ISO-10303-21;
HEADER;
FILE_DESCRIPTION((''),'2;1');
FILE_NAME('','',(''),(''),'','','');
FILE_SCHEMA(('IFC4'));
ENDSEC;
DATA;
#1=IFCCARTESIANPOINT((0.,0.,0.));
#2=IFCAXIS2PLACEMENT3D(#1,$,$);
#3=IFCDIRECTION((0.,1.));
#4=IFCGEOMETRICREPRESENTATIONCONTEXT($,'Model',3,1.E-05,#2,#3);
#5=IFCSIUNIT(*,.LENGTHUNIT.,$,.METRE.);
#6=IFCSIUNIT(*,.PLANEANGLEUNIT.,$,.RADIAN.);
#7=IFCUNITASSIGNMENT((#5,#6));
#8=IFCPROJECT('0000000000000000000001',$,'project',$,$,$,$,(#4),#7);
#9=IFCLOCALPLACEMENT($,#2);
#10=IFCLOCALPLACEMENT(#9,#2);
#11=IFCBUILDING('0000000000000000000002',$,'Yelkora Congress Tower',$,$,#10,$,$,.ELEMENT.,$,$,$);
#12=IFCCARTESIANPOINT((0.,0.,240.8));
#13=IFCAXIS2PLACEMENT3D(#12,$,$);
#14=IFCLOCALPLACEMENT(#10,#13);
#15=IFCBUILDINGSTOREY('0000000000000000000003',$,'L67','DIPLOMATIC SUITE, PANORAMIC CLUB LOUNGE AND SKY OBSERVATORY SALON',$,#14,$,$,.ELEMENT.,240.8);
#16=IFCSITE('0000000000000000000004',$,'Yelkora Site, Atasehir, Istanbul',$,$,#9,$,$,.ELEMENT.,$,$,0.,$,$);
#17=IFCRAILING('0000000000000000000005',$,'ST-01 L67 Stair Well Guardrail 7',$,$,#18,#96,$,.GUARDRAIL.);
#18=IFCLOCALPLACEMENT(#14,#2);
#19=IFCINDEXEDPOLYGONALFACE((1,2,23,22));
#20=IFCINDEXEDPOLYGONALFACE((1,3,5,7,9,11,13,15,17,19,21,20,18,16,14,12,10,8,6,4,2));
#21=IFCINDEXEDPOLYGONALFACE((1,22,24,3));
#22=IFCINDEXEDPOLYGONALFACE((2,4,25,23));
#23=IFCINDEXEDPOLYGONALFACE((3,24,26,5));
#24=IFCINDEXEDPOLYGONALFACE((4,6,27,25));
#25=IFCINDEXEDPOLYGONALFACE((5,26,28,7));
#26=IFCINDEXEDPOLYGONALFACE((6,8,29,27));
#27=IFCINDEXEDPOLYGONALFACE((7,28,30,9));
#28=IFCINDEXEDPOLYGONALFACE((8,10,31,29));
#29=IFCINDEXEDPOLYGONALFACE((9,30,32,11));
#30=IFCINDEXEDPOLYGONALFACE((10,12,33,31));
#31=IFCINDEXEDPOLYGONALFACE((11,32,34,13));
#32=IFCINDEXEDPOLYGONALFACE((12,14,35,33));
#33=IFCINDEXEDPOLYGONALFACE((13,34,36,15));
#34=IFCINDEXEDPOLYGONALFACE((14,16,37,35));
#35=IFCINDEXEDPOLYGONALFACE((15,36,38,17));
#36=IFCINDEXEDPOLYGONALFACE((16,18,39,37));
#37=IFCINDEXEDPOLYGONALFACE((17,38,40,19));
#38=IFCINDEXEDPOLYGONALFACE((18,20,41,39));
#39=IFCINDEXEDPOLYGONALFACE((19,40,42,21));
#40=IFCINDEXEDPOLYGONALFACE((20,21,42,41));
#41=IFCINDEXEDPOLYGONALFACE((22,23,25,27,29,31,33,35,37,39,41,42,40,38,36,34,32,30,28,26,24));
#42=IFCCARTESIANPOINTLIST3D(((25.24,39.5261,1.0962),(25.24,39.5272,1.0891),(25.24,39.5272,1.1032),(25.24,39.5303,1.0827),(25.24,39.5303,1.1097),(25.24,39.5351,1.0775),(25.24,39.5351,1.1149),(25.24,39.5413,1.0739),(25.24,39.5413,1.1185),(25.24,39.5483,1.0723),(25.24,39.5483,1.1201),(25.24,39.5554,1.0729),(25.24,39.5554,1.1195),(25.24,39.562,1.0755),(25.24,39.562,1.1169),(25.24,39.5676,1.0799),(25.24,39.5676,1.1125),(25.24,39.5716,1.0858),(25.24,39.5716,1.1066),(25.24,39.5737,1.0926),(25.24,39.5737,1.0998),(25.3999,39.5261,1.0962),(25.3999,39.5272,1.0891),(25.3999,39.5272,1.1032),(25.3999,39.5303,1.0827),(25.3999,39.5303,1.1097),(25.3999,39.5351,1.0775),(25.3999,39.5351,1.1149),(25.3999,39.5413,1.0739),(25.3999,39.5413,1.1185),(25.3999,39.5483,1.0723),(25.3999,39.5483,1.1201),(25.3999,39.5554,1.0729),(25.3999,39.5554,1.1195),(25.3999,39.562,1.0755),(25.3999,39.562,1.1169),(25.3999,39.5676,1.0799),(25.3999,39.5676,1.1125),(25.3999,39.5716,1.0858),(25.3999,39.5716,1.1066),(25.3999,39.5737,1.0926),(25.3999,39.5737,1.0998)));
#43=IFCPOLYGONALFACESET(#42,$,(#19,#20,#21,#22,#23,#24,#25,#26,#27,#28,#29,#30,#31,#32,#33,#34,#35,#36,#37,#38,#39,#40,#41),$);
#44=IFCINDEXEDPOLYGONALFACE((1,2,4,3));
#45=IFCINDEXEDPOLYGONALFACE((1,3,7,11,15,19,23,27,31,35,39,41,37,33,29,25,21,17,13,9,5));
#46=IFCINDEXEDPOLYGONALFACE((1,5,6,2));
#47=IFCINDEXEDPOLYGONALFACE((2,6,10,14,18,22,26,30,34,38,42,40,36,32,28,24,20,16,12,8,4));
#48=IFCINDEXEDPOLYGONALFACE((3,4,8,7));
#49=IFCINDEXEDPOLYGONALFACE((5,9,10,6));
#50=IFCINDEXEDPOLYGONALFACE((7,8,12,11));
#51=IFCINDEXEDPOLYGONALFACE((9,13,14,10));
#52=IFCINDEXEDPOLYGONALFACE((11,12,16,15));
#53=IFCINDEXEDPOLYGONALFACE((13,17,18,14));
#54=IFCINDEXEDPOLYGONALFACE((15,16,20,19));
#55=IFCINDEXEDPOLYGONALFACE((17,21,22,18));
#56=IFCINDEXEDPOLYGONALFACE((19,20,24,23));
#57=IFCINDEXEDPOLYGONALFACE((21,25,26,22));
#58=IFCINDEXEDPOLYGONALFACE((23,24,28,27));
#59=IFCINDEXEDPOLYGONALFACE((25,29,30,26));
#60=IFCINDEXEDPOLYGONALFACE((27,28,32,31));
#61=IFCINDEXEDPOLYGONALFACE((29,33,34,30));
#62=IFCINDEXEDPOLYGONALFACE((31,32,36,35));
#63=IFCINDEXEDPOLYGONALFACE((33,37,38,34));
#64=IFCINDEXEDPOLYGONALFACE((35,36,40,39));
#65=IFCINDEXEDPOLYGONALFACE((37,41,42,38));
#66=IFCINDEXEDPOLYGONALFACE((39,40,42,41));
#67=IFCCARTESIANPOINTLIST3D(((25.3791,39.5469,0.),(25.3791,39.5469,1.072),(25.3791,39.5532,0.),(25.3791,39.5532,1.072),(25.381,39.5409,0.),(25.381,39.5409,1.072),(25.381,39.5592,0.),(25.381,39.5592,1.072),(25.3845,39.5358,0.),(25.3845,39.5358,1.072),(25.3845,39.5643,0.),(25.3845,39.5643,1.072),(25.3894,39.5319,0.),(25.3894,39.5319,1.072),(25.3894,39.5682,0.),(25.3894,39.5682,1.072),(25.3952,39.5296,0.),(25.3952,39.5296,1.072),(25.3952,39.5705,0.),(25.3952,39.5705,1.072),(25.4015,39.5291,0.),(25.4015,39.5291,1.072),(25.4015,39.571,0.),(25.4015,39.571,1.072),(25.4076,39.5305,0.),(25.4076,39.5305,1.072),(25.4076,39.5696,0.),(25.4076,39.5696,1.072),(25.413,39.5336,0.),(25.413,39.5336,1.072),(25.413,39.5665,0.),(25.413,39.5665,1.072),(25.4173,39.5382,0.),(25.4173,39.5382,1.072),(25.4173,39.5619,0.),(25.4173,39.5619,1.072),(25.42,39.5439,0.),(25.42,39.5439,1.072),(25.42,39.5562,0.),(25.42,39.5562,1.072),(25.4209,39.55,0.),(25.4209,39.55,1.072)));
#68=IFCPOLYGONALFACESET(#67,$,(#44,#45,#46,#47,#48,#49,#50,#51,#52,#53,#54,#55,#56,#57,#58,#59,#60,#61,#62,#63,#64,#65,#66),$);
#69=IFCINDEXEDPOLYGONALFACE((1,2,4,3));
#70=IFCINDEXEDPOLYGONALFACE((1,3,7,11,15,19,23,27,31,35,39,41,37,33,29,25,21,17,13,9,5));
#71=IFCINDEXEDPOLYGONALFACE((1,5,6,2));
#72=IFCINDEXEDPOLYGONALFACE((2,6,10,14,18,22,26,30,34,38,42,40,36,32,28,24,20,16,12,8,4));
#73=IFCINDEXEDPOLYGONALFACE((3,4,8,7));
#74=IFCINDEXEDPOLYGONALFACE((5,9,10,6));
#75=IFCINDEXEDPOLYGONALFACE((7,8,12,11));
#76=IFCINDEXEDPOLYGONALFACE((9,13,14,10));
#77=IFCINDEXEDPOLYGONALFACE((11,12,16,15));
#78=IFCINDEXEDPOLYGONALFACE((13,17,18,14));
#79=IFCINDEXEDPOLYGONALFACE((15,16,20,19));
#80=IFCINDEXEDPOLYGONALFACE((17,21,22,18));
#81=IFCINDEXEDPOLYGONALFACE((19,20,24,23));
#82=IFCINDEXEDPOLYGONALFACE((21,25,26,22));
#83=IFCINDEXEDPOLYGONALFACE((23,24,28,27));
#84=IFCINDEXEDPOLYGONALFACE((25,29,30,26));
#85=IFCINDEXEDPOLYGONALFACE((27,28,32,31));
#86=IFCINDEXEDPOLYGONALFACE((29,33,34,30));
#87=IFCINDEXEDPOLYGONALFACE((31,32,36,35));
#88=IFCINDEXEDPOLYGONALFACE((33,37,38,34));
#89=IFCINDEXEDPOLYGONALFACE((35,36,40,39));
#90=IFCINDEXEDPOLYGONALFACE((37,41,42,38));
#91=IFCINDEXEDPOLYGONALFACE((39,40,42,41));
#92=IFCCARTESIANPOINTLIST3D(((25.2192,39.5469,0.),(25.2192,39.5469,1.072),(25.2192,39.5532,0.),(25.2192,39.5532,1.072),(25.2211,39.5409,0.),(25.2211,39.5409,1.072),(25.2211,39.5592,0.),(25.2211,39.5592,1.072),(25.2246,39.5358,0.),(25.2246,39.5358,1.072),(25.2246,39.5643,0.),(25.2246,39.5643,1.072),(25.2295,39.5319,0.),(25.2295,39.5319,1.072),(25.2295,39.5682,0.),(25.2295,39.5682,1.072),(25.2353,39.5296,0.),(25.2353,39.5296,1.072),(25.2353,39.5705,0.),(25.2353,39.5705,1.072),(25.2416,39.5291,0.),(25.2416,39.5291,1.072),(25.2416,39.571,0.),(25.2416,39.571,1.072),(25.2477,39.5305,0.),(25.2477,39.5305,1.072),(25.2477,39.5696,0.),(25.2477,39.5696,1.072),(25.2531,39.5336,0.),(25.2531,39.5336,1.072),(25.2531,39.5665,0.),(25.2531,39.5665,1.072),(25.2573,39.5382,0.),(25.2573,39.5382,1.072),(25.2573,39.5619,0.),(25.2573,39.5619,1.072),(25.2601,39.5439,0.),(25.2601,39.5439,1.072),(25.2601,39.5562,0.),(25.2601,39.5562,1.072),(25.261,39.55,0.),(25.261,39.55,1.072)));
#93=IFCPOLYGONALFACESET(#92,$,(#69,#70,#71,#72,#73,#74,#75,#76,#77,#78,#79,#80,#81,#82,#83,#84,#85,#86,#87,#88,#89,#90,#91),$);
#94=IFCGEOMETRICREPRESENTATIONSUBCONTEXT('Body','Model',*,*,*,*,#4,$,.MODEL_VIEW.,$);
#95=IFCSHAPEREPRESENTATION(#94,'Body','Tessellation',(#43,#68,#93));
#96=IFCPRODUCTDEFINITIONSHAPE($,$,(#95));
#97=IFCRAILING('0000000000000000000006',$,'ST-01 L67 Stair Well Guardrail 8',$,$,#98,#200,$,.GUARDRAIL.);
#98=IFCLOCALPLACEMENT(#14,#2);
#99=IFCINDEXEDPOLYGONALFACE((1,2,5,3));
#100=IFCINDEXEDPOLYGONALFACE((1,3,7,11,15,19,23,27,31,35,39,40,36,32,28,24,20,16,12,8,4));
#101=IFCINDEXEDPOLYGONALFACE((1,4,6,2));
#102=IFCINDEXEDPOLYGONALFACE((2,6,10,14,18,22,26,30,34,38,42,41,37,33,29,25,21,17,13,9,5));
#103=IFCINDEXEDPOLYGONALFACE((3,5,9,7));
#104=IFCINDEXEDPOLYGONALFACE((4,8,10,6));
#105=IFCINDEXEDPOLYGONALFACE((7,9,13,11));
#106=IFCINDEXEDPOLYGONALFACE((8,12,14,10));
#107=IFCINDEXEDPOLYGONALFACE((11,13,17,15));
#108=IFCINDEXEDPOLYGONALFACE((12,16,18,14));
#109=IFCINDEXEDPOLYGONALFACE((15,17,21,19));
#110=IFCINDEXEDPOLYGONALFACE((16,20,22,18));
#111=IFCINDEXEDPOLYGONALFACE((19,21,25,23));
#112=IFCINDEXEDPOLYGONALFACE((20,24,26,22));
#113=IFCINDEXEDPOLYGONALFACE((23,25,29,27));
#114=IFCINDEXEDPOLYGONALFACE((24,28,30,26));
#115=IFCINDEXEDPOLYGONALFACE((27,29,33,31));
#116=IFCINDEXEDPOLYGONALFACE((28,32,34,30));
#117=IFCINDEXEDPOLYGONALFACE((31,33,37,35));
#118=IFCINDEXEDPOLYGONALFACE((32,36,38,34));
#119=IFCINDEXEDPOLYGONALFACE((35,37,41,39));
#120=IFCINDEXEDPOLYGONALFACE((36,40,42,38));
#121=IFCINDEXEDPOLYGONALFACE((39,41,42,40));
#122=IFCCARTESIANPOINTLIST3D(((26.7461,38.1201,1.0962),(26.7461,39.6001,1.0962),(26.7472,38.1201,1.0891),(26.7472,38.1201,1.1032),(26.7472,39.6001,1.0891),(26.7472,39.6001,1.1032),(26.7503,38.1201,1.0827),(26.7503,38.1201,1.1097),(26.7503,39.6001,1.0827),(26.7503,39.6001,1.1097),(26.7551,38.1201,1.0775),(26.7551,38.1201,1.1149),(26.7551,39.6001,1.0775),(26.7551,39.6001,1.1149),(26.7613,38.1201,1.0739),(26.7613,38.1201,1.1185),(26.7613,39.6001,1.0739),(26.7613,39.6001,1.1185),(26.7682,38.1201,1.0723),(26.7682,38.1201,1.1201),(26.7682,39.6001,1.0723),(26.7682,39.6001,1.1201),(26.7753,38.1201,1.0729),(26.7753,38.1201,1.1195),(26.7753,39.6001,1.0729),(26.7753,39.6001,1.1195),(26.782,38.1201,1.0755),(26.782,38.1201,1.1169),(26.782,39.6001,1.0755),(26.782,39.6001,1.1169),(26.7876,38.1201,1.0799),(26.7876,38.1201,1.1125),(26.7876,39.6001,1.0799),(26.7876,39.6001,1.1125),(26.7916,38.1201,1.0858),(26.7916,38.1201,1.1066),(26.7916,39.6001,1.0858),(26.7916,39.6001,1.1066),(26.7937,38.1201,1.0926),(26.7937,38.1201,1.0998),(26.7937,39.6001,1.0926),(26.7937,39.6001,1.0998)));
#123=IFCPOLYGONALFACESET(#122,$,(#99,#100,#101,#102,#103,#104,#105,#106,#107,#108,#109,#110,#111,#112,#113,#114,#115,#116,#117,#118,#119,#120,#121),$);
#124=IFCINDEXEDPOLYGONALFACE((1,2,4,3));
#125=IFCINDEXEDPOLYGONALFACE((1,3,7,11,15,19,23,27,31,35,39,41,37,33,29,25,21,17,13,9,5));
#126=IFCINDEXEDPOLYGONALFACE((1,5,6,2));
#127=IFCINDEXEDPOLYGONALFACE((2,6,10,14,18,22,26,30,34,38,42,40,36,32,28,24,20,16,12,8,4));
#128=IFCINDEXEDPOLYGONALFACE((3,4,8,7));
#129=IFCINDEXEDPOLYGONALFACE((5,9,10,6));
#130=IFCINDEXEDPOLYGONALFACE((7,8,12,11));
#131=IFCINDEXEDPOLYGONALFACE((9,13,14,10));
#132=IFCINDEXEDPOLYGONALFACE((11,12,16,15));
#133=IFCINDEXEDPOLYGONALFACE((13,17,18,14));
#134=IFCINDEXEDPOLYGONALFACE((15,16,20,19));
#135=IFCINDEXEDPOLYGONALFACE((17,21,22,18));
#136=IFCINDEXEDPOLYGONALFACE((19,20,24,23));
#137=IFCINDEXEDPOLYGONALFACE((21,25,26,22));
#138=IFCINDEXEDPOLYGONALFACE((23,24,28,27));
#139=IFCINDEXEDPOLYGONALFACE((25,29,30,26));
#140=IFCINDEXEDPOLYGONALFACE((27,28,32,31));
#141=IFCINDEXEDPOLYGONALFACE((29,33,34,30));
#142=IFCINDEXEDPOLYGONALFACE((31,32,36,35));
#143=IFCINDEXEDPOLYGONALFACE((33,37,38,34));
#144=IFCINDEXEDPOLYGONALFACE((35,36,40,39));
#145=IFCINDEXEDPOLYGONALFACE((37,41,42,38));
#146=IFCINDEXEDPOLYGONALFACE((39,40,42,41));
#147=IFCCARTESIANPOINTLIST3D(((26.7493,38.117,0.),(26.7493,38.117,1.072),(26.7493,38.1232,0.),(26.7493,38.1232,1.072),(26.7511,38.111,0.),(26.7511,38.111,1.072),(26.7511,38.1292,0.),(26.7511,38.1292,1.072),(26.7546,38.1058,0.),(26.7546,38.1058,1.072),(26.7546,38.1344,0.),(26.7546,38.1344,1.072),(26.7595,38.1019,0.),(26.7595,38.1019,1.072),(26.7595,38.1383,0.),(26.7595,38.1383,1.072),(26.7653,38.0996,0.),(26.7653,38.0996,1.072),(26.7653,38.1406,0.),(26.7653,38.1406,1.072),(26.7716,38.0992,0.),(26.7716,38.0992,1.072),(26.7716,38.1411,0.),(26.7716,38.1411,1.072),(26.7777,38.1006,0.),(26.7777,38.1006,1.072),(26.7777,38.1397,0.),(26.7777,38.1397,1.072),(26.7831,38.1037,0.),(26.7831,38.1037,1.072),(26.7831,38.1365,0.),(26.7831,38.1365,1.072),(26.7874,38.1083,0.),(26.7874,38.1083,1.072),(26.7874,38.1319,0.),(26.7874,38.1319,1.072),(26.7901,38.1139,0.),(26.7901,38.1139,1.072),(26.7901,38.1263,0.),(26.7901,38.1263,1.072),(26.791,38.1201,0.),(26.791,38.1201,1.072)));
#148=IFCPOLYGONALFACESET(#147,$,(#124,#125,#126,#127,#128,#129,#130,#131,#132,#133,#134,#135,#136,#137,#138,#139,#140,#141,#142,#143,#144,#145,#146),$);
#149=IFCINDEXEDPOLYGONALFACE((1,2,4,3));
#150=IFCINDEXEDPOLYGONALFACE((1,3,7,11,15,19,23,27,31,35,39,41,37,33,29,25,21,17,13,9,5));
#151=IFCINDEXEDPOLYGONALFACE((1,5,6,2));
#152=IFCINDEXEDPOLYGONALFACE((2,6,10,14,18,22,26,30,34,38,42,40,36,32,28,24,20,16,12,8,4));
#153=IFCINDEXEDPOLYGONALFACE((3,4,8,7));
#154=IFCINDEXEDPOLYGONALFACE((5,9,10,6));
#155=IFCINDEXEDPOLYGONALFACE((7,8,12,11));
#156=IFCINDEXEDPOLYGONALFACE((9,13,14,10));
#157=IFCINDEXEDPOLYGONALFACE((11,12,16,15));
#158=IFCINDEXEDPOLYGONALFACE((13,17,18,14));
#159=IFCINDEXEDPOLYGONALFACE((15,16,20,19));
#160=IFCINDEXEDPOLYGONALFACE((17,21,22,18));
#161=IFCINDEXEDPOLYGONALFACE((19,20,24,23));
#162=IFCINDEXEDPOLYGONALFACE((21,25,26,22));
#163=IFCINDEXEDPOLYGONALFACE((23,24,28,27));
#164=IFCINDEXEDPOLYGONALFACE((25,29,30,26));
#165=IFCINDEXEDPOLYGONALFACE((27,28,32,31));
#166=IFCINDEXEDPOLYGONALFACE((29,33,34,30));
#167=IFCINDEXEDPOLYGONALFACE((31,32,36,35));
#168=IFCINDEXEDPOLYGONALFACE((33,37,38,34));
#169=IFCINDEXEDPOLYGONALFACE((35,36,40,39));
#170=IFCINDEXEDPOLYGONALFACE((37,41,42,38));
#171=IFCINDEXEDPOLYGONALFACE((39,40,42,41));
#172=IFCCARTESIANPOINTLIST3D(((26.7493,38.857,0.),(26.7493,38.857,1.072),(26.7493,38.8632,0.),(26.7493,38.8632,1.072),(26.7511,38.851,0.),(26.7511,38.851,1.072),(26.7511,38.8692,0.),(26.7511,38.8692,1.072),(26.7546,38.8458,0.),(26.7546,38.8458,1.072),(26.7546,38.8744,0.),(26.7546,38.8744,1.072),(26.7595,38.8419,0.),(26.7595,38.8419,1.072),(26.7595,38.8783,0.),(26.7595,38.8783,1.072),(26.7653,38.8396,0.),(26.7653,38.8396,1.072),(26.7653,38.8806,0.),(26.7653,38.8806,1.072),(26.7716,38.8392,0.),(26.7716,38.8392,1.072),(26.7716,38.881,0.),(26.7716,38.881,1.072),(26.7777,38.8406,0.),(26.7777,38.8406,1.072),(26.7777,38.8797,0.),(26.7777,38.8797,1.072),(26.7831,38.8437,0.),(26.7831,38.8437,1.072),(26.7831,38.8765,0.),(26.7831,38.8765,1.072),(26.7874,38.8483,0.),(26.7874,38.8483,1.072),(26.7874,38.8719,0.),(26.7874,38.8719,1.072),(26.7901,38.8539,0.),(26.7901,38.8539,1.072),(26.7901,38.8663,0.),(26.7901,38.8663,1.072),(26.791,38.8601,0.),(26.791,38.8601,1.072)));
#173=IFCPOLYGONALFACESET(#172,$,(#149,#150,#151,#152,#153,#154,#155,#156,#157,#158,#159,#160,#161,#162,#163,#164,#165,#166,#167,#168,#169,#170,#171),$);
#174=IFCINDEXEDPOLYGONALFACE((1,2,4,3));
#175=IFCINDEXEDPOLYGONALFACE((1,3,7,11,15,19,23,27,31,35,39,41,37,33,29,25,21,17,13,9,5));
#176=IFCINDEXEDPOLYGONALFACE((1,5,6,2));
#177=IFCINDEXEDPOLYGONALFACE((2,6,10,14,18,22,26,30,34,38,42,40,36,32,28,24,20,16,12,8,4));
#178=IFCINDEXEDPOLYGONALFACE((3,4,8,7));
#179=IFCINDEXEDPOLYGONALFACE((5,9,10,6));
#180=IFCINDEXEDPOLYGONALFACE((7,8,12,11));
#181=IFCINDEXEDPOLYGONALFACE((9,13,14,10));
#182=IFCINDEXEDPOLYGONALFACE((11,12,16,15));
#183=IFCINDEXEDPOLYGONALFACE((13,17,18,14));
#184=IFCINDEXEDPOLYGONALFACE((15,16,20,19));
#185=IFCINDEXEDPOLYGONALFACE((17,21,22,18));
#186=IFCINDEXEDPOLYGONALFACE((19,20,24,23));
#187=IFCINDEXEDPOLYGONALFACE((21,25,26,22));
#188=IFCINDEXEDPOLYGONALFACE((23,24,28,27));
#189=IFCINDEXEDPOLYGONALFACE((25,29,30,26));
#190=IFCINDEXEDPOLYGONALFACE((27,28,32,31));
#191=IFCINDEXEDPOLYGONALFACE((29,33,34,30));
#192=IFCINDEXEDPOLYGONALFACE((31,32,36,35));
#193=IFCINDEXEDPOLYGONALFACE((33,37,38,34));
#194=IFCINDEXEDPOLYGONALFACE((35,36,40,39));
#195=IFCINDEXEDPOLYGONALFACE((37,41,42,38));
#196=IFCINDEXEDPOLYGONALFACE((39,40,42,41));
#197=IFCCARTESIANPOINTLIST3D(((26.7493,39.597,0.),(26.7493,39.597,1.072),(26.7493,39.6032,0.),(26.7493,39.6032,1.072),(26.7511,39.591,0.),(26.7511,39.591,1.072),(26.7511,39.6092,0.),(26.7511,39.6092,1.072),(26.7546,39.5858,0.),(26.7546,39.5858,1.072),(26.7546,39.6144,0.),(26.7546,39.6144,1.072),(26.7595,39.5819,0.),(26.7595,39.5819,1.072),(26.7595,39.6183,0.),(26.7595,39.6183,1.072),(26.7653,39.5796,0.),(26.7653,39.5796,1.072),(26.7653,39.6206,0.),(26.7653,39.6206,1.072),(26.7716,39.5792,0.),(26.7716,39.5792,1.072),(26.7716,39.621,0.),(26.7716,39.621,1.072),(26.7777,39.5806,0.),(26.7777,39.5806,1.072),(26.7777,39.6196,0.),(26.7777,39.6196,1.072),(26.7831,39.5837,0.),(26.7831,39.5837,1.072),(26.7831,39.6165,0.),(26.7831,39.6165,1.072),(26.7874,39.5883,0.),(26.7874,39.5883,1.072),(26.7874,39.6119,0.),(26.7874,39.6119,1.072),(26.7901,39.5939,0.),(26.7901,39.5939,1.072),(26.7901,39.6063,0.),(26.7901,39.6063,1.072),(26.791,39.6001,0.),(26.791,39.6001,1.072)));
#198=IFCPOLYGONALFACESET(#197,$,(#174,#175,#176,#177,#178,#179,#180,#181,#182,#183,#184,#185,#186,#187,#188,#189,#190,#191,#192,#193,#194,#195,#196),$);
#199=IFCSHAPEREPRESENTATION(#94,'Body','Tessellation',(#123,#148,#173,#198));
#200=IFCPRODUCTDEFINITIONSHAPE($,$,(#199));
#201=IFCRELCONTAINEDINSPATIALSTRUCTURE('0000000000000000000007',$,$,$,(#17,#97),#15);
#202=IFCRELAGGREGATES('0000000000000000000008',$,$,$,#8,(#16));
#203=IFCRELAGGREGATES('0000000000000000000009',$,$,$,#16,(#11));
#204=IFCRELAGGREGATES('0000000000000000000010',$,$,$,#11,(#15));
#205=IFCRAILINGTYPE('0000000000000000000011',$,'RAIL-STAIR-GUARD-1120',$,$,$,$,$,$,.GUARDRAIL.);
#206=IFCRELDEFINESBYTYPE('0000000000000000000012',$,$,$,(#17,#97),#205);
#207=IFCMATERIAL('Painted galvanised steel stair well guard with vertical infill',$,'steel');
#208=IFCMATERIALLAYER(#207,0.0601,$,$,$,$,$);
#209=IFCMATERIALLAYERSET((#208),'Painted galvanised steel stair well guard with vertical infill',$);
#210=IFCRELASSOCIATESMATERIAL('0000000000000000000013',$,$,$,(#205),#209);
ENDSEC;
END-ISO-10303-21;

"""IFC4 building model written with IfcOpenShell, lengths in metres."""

from ifc_helpers import new_model, si_unit, direction, frame, origin, origin_2d, place, context, subcontext, project, spatial, circle, extrude, material, layer, layer_set, type_object, element, save


model = new_model("IFC4")

# Units and contexts
model_context = context("Model", 3, precision=1e-05, world=origin(), true_north=direction((0.0, 1.0)))
body_context = subcontext(model_context, "Body", "Model", "MODEL_VIEW")
ifc_project = project(units=[si_unit("LENGTHUNIT", "METRE"), si_unit("PLANEANGLEUNIT", "RADIAN")], contexts=[model_context])

# Site, building, storey
site_placement = place(None, origin())
site = spatial("IfcSite", under=ifc_project, at=site_placement, Name="Yelkora Site, Atasehir, Istanbul", CompositionType="ELEMENT", RefElevation=0.0)
building_placement = place(site_placement, origin())
building = spatial("IfcBuilding", under=site, at=building_placement, Name="Yelkora Congress Tower", CompositionType="ELEMENT")
storey_placement = place(building_placement, frame((0.0, 0.0, 240.8)))
storey = spatial("IfcBuildingStorey", under=building, at=storey_placement, Name="L67", Description="DIPLOMATIC SUITE, PANORAMIC CLUB LOUNGE AND SKY OBSERVATORY SALON", CompositionType="ELEMENT", Elevation=240.8)

# Railings
ifc_material_1 = material(Name="Painted galvanised steel stair well guard with vertical infill", Category="steel")
ifc_layer_1 = layer(ifc_material_1, 0.0601)
ifc_layer_set_1 = layer_set([ifc_layer_1], Name="Painted galvanised steel stair well guard with vertical infill")
railing_type_1 = type_object("IfcRailingType", Name="RAIL-STAIR-GUARD-1120", PredefinedType="GUARDRAIL", material=ifc_layer_set_1)
railing_1_placement = place(storey_placement, frame((25.3999, 39.55, 0.0)))
element("IfcRailing", 1, at=railing_1_placement, inside=storey, type_object=railing_type_1, Name="ST-01 L67 Stair Well Guardrail 7", PredefinedType="GUARDRAIL", context=body_context, shape_type="SweptSolid", body=[
    extrude(circle(Radius=0.0239, at=origin_2d()), frame((0.0, 0.0, 1.0962), z_axis=(-1.0, 0.0, 0.0), x_axis=(0.0, -1.0, 0.0)), (0.0, 0.0, 1.0), 0.1599),
    extrude(circle(Radius=0.021, at=origin_2d()), origin(), (0.0, 0.0, 1.0), 1.072),
    extrude(circle(Radius=0.021, at=origin_2d()), frame((-0.1599, 0.0, 0.0)), (0.0, 0.0, 1.0), 1.072),
])
railing_2_placement = place(storey_placement, frame((26.77, 38.1201, 0.0)))
element("IfcRailing", 2, at=railing_2_placement, inside=storey, type_object=railing_type_1, Name="ST-01 L67 Stair Well Guardrail 8", PredefinedType="GUARDRAIL", context=body_context, shape_type="SweptSolid", body=[
    extrude(circle(Radius=0.0239, at=origin_2d()), frame((0.0, 0.0, 1.0962), z_axis=(0.0, 1.0, 0.0), x_axis=(-1.0, 0.0, 0.0)), (0.0, 0.0, 1.0), 1.48),
    extrude(circle(Radius=0.021, at=origin_2d()), origin(), (0.0, 0.0, 1.0), 1.072),
    extrude(circle(Radius=0.021, at=origin_2d()), frame((0.0, 0.74, 0.0)), (0.0, 0.0, 1.0), 1.072),
    extrude(circle(Radius=0.021, at=origin_2d()), frame((0.0, 1.48, 0.0)), (0.0, 0.0, 1.0), 1.072),
])

save(model, "model.ifc")
